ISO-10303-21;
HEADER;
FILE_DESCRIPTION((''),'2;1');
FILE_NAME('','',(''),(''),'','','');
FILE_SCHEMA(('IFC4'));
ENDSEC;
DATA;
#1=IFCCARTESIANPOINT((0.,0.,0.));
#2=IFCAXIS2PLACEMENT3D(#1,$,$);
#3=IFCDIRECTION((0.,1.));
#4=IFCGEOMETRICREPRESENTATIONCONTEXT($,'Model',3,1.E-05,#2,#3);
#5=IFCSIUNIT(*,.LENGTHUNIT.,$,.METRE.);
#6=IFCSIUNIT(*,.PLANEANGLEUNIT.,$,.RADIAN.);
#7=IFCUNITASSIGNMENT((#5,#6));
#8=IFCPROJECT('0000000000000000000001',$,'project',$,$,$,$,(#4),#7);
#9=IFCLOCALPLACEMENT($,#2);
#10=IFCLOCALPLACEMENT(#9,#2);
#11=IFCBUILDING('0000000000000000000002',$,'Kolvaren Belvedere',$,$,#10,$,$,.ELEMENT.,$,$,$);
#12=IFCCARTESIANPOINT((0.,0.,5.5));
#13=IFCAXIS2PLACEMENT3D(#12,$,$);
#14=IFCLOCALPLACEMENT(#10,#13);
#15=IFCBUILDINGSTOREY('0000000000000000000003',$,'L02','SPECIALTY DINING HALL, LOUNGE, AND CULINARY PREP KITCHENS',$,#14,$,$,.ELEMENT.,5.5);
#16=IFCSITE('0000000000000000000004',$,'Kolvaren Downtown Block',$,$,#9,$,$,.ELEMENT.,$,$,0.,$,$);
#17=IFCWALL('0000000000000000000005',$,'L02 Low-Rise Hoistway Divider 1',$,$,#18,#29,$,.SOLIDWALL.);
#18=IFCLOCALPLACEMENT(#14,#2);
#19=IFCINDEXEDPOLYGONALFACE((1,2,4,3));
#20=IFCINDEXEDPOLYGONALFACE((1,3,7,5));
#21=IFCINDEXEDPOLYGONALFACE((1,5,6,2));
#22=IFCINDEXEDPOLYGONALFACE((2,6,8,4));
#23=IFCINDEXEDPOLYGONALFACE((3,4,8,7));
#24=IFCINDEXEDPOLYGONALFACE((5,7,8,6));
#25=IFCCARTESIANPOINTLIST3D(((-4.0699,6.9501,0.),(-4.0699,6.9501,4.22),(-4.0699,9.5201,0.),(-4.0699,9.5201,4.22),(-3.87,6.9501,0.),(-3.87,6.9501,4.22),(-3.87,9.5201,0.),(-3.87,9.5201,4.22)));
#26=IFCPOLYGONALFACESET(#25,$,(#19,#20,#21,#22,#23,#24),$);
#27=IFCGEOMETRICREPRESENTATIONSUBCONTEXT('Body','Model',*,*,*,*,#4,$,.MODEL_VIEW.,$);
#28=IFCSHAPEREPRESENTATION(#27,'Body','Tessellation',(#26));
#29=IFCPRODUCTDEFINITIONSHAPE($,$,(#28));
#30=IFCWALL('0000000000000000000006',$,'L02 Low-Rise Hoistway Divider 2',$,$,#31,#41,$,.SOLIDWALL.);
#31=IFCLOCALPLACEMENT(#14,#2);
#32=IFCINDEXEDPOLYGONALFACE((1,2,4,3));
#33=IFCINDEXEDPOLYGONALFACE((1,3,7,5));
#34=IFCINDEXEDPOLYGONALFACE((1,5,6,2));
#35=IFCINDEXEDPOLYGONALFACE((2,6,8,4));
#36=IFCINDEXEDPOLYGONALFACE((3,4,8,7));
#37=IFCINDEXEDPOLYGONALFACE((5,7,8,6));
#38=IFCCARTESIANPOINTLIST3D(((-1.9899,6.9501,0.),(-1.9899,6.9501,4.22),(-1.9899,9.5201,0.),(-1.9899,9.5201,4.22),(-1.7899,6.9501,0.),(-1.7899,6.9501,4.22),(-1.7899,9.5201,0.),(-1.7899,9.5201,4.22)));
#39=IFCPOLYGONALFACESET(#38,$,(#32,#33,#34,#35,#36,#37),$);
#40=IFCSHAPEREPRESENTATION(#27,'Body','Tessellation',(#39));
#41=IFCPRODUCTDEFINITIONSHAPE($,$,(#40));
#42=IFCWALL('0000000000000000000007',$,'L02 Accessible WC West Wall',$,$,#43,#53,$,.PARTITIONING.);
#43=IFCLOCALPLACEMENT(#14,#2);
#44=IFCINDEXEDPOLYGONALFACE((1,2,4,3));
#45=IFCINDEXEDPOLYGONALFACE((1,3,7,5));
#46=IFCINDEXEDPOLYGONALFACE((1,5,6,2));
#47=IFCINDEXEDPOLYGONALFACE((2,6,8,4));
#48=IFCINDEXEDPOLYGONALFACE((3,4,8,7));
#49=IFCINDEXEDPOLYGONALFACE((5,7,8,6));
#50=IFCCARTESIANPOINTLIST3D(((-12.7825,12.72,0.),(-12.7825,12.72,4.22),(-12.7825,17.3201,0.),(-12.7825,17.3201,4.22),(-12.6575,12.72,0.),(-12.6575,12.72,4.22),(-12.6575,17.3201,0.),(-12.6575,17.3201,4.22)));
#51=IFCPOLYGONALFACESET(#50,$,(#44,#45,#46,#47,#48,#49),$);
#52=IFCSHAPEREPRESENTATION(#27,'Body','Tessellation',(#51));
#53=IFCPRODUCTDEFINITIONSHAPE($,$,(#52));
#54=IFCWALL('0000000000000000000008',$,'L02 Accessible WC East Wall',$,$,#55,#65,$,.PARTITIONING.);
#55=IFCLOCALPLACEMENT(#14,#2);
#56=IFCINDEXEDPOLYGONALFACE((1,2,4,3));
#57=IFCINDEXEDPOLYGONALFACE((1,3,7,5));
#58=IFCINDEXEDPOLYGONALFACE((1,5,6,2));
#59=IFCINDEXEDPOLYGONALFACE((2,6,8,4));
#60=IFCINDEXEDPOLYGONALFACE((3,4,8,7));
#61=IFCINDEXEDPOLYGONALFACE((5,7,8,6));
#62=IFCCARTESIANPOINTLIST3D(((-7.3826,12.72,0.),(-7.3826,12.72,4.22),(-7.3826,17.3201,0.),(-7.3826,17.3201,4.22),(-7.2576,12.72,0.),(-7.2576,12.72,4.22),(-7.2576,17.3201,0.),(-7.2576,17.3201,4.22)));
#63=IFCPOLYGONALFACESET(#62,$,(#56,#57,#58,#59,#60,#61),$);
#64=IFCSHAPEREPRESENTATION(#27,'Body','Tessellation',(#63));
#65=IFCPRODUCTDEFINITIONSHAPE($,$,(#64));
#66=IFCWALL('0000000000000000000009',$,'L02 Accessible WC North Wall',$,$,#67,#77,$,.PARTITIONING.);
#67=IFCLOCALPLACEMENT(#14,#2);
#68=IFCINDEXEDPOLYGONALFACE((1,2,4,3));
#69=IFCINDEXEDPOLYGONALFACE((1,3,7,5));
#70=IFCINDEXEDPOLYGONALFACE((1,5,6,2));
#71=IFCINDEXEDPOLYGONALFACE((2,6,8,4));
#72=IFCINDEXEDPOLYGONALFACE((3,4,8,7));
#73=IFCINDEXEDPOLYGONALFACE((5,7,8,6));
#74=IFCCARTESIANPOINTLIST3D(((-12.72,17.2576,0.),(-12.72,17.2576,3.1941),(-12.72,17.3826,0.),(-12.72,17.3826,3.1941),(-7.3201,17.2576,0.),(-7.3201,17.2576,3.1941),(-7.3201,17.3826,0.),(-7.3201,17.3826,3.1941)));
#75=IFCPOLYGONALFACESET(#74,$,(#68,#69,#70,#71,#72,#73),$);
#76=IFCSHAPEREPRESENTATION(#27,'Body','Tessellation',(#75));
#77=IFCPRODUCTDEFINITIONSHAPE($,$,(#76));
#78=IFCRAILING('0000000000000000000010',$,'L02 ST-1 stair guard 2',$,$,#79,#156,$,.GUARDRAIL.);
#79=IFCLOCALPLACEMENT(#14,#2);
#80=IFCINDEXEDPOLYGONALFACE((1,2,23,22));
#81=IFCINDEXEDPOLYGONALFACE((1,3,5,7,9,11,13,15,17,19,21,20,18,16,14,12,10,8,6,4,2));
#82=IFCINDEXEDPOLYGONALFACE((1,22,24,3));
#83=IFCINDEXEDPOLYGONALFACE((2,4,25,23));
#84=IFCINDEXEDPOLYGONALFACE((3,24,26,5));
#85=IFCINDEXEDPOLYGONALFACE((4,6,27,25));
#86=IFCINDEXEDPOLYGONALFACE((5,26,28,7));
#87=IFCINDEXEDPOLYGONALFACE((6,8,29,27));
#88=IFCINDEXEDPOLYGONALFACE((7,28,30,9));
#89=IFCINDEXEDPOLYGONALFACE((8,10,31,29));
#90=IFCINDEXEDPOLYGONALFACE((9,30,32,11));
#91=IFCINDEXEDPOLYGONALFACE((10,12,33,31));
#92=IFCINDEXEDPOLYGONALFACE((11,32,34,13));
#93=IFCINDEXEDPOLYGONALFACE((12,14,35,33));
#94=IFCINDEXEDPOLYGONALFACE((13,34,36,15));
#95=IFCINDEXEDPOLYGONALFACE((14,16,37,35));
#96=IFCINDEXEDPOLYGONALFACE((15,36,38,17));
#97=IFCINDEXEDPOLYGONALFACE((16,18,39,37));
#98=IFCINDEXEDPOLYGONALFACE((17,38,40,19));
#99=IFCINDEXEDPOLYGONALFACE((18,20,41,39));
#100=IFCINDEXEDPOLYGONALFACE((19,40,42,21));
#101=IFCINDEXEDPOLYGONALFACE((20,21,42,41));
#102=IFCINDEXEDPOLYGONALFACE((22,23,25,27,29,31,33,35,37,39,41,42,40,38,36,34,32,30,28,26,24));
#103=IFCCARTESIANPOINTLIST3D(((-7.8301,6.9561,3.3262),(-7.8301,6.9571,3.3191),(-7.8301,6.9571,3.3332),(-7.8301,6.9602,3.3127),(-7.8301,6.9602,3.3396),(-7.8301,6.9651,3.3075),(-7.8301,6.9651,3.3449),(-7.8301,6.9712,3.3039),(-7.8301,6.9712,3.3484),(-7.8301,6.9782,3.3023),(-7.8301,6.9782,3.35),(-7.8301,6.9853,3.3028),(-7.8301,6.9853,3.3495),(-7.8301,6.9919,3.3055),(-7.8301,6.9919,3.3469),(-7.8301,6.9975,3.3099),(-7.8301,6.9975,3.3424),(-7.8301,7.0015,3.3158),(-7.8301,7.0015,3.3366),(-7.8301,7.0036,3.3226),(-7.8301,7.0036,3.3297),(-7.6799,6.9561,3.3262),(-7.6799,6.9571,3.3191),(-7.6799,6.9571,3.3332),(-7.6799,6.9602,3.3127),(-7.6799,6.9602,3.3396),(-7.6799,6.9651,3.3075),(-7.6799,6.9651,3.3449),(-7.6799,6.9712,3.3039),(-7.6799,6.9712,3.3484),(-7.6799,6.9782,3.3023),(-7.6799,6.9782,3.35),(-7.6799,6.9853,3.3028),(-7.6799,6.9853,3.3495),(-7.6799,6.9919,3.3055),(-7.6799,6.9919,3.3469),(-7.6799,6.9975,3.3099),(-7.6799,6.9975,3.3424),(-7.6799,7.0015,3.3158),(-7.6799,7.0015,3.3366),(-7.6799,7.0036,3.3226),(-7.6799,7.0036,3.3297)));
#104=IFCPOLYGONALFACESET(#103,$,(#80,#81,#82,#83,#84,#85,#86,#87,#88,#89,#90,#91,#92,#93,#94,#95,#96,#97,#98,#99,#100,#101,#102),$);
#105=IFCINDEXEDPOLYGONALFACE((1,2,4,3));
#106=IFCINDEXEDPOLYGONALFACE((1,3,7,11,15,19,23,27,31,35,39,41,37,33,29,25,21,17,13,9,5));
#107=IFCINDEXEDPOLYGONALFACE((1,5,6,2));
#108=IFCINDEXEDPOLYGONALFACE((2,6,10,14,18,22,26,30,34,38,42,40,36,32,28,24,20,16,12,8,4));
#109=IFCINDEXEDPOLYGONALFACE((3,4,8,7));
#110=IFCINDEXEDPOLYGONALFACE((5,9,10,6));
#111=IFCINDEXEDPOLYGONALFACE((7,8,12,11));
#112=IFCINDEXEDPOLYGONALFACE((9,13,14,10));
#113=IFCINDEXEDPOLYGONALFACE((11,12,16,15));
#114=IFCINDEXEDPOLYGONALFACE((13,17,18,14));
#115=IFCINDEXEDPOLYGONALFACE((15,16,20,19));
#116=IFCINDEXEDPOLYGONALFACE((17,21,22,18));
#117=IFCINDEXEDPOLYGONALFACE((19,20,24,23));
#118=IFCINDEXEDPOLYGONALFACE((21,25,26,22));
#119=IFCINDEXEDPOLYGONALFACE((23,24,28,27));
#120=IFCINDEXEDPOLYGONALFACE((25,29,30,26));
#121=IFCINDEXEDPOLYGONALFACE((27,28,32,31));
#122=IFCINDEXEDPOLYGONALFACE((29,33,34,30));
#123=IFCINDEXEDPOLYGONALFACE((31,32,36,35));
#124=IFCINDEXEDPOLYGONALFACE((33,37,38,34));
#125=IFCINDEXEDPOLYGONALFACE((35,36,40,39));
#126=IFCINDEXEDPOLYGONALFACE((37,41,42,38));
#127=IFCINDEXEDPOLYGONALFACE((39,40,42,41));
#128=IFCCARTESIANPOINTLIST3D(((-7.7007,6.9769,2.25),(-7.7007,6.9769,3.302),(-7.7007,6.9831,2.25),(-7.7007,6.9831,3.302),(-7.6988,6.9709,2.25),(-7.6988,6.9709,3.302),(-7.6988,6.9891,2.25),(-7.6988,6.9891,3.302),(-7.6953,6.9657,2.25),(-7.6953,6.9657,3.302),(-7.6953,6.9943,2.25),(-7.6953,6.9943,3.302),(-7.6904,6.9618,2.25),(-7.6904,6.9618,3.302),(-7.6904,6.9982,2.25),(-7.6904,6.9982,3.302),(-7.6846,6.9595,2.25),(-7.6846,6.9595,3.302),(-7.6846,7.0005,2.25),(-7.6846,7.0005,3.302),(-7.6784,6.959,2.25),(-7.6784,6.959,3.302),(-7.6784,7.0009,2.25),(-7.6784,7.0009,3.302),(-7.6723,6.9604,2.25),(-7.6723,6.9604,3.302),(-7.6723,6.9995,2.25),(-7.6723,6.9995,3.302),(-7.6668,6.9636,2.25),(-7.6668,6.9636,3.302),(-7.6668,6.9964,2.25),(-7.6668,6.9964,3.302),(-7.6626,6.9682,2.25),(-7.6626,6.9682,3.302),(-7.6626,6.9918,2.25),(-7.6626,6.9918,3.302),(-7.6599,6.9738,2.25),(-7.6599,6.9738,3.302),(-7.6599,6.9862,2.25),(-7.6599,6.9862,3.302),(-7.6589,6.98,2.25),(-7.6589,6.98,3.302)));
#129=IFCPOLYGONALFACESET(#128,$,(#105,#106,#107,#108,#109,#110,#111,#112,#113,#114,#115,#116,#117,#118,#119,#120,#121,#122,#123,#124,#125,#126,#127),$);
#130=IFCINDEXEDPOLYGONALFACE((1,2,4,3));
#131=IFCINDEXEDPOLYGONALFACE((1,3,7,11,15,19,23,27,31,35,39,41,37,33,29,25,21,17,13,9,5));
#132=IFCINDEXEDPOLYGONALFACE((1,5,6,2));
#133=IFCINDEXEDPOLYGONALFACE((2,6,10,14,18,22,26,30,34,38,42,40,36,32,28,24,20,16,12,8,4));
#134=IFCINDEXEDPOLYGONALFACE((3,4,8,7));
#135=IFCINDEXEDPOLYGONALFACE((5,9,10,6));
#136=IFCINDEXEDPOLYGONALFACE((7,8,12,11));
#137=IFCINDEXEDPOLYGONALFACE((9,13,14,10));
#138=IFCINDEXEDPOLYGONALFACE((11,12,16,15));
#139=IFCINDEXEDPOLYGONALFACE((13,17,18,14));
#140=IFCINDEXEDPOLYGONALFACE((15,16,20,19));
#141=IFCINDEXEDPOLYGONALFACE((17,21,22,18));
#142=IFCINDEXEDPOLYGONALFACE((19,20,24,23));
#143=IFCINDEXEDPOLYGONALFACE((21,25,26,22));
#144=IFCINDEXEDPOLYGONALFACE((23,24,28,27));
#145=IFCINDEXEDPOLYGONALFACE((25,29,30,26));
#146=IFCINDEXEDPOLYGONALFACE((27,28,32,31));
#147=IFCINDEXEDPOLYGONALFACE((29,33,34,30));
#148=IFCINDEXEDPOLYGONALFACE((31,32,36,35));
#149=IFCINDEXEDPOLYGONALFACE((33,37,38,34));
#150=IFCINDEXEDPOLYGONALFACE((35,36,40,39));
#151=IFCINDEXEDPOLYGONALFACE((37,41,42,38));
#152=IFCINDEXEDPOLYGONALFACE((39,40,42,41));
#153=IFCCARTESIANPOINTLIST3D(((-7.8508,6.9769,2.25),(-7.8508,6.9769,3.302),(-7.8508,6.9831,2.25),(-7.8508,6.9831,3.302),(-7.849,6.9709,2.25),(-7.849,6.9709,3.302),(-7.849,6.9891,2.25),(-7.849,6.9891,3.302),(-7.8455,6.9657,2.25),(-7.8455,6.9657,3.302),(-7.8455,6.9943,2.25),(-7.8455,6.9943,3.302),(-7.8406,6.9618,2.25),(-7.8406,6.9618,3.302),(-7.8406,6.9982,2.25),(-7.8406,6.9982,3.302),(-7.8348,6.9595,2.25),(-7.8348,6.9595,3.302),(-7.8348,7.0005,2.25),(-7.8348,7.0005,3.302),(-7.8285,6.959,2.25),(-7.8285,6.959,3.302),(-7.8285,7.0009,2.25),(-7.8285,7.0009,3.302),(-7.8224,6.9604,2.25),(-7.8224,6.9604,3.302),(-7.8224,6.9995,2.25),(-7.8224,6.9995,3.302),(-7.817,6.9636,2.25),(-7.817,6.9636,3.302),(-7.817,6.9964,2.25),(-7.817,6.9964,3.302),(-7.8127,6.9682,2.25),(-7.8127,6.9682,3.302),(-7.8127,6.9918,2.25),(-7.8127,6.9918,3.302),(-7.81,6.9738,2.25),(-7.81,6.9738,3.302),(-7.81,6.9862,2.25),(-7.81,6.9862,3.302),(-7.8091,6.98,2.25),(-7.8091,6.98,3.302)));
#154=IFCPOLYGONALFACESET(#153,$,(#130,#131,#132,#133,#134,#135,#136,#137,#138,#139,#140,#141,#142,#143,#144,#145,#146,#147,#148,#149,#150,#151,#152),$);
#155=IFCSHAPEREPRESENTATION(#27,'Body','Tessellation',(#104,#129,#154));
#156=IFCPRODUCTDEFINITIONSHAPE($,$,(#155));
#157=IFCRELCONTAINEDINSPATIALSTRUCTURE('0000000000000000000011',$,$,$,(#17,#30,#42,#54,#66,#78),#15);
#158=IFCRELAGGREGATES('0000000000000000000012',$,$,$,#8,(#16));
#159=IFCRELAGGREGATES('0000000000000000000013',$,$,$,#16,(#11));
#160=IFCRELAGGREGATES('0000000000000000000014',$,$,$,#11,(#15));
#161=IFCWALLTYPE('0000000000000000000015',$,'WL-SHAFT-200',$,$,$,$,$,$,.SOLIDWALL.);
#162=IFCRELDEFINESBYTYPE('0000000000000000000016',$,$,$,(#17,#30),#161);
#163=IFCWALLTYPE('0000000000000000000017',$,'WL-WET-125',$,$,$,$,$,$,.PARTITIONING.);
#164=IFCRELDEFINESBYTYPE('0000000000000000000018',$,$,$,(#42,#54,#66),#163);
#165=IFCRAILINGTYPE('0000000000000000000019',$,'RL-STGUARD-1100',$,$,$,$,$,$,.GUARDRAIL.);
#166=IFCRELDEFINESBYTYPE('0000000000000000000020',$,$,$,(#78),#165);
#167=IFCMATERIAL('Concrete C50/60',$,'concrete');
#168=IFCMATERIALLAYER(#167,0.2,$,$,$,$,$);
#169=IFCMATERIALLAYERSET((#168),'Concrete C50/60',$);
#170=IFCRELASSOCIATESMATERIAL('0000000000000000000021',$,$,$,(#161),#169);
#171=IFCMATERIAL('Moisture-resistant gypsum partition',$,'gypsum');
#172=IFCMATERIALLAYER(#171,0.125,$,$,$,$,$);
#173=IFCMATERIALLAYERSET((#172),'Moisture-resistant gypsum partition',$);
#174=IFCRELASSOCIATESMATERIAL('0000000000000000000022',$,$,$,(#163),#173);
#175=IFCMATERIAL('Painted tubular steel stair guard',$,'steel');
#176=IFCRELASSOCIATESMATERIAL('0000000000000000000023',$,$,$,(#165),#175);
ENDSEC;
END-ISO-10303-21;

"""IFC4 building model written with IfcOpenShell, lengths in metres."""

from ifc_helpers import new_model, si_unit, direction, frame, frame_2d, origin, origin_2d, place, context, subcontext, project, spatial, rectangle, circle, extrude, material, layer, layer_set, type_object, element, save


model = new_model("IFC4")

# Units and contexts
model_context = context("Model", 3, precision=1e-05, world=origin(), true_north=direction((0.0, 1.0)))
body_context = subcontext(model_context, "Body", "Model", "MODEL_VIEW")
ifc_project = project(units=[si_unit("LENGTHUNIT", "METRE"), si_unit("PLANEANGLEUNIT", "RADIAN")], contexts=[model_context])

# Site, building, storey
site_placement = place(None, origin())
site = spatial("IfcSite", under=ifc_project, at=site_placement, Name="Kolvaren Downtown Block", CompositionType="ELEMENT", RefElevation=0.0)
building_placement = place(site_placement, origin())
building = spatial("IfcBuilding", under=site, at=building_placement, Name="Kolvaren Belvedere", CompositionType="ELEMENT")
storey_placement = place(building_placement, frame((0.0, 0.0, 5.5)))
storey = spatial("IfcBuildingStorey", under=building, at=storey_placement, Name="L02", Description="SPECIALTY DINING HALL, LOUNGE, AND CULINARY PREP KITCHENS", CompositionType="ELEMENT", Elevation=5.5)

# Shared definitions
ifc_material_1 = material(Name="Concrete C50/60", Category="concrete")
ifc_layer_1 = layer(ifc_material_1, 0.2)
ifc_layer_set_1 = layer_set([ifc_layer_1], Name="Concrete C50/60")
wall_type_1 = type_object("IfcWallType", Name="WL-SHAFT-200", PredefinedType="SOLIDWALL", material=ifc_layer_set_1)

# Walls
for number, where, z_axis, x_axis, name in (
    (1, (-3.97, 6.95, 0.0), (0.0, 0.0, 1.0), (0.0, 1.0, 0.0), "L02 Low-Rise Hoistway Divider 1"),
    (2, (-1.8899, 6.95, 0.0), (0.0, 0.0, 1.0), (0.0, 1.0, 0.0), "L02 Low-Rise Hoistway Divider 2"),
):
    element("IfcWall", number, at=place(storey_placement, frame(where, z_axis=z_axis, x_axis=x_axis)), inside=storey, type_object=wall_type_1, Name=name, PredefinedType="SOLIDWALL", context=body_context, shape_type="SweptSolid", body=[
        extrude(rectangle(XDim=2.5701, YDim=0.2, at=frame_2d((1.2852, 0.0))), origin(), (0.0, 0.0, 1.0), 4.22),
    ])
ifc_material_2 = material(Name="Moisture-resistant gypsum partition", Category="gypsum")
ifc_layer_2 = layer(ifc_material_2, 0.125)
ifc_layer_set_2 = layer_set([ifc_layer_2], Name="Moisture-resistant gypsum partition")
wall_type_2 = type_object("IfcWallType", Name="WL-WET-125", PredefinedType="PARTITIONING", material=ifc_layer_set_2)
for number, where, z_axis, x_axis, name in (
    (3, (-12.72, 12.72, 0.0), (0.0, 0.0, 1.0), (0.0, 1.0, 0.0), "L02 Accessible WC West Wall"),
    (4, (-7.3201, 12.72, 0.0), (0.0, 0.0, 1.0), (0.0, 1.0, 0.0), "L02 Accessible WC East Wall"),
):
    element("IfcWall", number, at=place(storey_placement, frame(where, z_axis=z_axis, x_axis=x_axis)), inside=storey, type_object=wall_type_2, Name=name, PredefinedType="PARTITIONING", context=body_context, shape_type="SweptSolid", body=[
        extrude(rectangle(XDim=4.6001, YDim=0.125, at=frame_2d((2.3, 0.0))), origin(), (0.0, 0.0, 1.0), 4.22),
    ])
wall_1_placement = place(storey_placement, frame((-12.72, 17.3201, 0.0), z_axis=(0.0, 0.0, 1.0), x_axis=(1.0, 0.0, 0.0)))
element("IfcWall", 5, at=wall_1_placement, inside=storey, type_object=wall_type_2, Name="L02 Accessible WC North Wall", PredefinedType="PARTITIONING", context=body_context, shape_type="SweptSolid", body=[
    extrude(rectangle(XDim=5.3999, YDim=0.125, at=frame_2d((2.7, 0.0))), origin(), (0.0, 0.0, 1.0), 3.1941),
])

# Railing
ifc_material_3 = material(Name="Painted tubular steel stair guard", Category="steel")
railing_type = type_object("IfcRailingType", Name="RL-STGUARD-1100", PredefinedType="GUARDRAIL", material=ifc_material_3)
railing_placement = place(storey_placement, frame((-7.6799, 6.98, 2.25)))
element("IfcRailing", 6, at=railing_placement, inside=storey, type_object=railing_type, Name="L02 ST-1 stair guard 2", PredefinedType="GUARDRAIL", context=body_context, shape_type="SweptSolid", body=[
    extrude(circle(Radius=0.0239, at=origin_2d()), frame((0.0, 0.0, 1.0762), z_axis=(-1.0, 0.0, 0.0), x_axis=(0.0, -1.0, 0.0)), (0.0, 0.0, 1.0), 0.1501),
    extrude(circle(Radius=0.021, at=origin_2d()), origin(), (0.0, 0.0, 1.0), 1.052),
    extrude(circle(Radius=0.021, at=origin_2d()), frame((-0.1501, 0.0, 0.0)), (0.0, 0.0, 1.0), 1.052),
])

save(model, "model.ifc")
